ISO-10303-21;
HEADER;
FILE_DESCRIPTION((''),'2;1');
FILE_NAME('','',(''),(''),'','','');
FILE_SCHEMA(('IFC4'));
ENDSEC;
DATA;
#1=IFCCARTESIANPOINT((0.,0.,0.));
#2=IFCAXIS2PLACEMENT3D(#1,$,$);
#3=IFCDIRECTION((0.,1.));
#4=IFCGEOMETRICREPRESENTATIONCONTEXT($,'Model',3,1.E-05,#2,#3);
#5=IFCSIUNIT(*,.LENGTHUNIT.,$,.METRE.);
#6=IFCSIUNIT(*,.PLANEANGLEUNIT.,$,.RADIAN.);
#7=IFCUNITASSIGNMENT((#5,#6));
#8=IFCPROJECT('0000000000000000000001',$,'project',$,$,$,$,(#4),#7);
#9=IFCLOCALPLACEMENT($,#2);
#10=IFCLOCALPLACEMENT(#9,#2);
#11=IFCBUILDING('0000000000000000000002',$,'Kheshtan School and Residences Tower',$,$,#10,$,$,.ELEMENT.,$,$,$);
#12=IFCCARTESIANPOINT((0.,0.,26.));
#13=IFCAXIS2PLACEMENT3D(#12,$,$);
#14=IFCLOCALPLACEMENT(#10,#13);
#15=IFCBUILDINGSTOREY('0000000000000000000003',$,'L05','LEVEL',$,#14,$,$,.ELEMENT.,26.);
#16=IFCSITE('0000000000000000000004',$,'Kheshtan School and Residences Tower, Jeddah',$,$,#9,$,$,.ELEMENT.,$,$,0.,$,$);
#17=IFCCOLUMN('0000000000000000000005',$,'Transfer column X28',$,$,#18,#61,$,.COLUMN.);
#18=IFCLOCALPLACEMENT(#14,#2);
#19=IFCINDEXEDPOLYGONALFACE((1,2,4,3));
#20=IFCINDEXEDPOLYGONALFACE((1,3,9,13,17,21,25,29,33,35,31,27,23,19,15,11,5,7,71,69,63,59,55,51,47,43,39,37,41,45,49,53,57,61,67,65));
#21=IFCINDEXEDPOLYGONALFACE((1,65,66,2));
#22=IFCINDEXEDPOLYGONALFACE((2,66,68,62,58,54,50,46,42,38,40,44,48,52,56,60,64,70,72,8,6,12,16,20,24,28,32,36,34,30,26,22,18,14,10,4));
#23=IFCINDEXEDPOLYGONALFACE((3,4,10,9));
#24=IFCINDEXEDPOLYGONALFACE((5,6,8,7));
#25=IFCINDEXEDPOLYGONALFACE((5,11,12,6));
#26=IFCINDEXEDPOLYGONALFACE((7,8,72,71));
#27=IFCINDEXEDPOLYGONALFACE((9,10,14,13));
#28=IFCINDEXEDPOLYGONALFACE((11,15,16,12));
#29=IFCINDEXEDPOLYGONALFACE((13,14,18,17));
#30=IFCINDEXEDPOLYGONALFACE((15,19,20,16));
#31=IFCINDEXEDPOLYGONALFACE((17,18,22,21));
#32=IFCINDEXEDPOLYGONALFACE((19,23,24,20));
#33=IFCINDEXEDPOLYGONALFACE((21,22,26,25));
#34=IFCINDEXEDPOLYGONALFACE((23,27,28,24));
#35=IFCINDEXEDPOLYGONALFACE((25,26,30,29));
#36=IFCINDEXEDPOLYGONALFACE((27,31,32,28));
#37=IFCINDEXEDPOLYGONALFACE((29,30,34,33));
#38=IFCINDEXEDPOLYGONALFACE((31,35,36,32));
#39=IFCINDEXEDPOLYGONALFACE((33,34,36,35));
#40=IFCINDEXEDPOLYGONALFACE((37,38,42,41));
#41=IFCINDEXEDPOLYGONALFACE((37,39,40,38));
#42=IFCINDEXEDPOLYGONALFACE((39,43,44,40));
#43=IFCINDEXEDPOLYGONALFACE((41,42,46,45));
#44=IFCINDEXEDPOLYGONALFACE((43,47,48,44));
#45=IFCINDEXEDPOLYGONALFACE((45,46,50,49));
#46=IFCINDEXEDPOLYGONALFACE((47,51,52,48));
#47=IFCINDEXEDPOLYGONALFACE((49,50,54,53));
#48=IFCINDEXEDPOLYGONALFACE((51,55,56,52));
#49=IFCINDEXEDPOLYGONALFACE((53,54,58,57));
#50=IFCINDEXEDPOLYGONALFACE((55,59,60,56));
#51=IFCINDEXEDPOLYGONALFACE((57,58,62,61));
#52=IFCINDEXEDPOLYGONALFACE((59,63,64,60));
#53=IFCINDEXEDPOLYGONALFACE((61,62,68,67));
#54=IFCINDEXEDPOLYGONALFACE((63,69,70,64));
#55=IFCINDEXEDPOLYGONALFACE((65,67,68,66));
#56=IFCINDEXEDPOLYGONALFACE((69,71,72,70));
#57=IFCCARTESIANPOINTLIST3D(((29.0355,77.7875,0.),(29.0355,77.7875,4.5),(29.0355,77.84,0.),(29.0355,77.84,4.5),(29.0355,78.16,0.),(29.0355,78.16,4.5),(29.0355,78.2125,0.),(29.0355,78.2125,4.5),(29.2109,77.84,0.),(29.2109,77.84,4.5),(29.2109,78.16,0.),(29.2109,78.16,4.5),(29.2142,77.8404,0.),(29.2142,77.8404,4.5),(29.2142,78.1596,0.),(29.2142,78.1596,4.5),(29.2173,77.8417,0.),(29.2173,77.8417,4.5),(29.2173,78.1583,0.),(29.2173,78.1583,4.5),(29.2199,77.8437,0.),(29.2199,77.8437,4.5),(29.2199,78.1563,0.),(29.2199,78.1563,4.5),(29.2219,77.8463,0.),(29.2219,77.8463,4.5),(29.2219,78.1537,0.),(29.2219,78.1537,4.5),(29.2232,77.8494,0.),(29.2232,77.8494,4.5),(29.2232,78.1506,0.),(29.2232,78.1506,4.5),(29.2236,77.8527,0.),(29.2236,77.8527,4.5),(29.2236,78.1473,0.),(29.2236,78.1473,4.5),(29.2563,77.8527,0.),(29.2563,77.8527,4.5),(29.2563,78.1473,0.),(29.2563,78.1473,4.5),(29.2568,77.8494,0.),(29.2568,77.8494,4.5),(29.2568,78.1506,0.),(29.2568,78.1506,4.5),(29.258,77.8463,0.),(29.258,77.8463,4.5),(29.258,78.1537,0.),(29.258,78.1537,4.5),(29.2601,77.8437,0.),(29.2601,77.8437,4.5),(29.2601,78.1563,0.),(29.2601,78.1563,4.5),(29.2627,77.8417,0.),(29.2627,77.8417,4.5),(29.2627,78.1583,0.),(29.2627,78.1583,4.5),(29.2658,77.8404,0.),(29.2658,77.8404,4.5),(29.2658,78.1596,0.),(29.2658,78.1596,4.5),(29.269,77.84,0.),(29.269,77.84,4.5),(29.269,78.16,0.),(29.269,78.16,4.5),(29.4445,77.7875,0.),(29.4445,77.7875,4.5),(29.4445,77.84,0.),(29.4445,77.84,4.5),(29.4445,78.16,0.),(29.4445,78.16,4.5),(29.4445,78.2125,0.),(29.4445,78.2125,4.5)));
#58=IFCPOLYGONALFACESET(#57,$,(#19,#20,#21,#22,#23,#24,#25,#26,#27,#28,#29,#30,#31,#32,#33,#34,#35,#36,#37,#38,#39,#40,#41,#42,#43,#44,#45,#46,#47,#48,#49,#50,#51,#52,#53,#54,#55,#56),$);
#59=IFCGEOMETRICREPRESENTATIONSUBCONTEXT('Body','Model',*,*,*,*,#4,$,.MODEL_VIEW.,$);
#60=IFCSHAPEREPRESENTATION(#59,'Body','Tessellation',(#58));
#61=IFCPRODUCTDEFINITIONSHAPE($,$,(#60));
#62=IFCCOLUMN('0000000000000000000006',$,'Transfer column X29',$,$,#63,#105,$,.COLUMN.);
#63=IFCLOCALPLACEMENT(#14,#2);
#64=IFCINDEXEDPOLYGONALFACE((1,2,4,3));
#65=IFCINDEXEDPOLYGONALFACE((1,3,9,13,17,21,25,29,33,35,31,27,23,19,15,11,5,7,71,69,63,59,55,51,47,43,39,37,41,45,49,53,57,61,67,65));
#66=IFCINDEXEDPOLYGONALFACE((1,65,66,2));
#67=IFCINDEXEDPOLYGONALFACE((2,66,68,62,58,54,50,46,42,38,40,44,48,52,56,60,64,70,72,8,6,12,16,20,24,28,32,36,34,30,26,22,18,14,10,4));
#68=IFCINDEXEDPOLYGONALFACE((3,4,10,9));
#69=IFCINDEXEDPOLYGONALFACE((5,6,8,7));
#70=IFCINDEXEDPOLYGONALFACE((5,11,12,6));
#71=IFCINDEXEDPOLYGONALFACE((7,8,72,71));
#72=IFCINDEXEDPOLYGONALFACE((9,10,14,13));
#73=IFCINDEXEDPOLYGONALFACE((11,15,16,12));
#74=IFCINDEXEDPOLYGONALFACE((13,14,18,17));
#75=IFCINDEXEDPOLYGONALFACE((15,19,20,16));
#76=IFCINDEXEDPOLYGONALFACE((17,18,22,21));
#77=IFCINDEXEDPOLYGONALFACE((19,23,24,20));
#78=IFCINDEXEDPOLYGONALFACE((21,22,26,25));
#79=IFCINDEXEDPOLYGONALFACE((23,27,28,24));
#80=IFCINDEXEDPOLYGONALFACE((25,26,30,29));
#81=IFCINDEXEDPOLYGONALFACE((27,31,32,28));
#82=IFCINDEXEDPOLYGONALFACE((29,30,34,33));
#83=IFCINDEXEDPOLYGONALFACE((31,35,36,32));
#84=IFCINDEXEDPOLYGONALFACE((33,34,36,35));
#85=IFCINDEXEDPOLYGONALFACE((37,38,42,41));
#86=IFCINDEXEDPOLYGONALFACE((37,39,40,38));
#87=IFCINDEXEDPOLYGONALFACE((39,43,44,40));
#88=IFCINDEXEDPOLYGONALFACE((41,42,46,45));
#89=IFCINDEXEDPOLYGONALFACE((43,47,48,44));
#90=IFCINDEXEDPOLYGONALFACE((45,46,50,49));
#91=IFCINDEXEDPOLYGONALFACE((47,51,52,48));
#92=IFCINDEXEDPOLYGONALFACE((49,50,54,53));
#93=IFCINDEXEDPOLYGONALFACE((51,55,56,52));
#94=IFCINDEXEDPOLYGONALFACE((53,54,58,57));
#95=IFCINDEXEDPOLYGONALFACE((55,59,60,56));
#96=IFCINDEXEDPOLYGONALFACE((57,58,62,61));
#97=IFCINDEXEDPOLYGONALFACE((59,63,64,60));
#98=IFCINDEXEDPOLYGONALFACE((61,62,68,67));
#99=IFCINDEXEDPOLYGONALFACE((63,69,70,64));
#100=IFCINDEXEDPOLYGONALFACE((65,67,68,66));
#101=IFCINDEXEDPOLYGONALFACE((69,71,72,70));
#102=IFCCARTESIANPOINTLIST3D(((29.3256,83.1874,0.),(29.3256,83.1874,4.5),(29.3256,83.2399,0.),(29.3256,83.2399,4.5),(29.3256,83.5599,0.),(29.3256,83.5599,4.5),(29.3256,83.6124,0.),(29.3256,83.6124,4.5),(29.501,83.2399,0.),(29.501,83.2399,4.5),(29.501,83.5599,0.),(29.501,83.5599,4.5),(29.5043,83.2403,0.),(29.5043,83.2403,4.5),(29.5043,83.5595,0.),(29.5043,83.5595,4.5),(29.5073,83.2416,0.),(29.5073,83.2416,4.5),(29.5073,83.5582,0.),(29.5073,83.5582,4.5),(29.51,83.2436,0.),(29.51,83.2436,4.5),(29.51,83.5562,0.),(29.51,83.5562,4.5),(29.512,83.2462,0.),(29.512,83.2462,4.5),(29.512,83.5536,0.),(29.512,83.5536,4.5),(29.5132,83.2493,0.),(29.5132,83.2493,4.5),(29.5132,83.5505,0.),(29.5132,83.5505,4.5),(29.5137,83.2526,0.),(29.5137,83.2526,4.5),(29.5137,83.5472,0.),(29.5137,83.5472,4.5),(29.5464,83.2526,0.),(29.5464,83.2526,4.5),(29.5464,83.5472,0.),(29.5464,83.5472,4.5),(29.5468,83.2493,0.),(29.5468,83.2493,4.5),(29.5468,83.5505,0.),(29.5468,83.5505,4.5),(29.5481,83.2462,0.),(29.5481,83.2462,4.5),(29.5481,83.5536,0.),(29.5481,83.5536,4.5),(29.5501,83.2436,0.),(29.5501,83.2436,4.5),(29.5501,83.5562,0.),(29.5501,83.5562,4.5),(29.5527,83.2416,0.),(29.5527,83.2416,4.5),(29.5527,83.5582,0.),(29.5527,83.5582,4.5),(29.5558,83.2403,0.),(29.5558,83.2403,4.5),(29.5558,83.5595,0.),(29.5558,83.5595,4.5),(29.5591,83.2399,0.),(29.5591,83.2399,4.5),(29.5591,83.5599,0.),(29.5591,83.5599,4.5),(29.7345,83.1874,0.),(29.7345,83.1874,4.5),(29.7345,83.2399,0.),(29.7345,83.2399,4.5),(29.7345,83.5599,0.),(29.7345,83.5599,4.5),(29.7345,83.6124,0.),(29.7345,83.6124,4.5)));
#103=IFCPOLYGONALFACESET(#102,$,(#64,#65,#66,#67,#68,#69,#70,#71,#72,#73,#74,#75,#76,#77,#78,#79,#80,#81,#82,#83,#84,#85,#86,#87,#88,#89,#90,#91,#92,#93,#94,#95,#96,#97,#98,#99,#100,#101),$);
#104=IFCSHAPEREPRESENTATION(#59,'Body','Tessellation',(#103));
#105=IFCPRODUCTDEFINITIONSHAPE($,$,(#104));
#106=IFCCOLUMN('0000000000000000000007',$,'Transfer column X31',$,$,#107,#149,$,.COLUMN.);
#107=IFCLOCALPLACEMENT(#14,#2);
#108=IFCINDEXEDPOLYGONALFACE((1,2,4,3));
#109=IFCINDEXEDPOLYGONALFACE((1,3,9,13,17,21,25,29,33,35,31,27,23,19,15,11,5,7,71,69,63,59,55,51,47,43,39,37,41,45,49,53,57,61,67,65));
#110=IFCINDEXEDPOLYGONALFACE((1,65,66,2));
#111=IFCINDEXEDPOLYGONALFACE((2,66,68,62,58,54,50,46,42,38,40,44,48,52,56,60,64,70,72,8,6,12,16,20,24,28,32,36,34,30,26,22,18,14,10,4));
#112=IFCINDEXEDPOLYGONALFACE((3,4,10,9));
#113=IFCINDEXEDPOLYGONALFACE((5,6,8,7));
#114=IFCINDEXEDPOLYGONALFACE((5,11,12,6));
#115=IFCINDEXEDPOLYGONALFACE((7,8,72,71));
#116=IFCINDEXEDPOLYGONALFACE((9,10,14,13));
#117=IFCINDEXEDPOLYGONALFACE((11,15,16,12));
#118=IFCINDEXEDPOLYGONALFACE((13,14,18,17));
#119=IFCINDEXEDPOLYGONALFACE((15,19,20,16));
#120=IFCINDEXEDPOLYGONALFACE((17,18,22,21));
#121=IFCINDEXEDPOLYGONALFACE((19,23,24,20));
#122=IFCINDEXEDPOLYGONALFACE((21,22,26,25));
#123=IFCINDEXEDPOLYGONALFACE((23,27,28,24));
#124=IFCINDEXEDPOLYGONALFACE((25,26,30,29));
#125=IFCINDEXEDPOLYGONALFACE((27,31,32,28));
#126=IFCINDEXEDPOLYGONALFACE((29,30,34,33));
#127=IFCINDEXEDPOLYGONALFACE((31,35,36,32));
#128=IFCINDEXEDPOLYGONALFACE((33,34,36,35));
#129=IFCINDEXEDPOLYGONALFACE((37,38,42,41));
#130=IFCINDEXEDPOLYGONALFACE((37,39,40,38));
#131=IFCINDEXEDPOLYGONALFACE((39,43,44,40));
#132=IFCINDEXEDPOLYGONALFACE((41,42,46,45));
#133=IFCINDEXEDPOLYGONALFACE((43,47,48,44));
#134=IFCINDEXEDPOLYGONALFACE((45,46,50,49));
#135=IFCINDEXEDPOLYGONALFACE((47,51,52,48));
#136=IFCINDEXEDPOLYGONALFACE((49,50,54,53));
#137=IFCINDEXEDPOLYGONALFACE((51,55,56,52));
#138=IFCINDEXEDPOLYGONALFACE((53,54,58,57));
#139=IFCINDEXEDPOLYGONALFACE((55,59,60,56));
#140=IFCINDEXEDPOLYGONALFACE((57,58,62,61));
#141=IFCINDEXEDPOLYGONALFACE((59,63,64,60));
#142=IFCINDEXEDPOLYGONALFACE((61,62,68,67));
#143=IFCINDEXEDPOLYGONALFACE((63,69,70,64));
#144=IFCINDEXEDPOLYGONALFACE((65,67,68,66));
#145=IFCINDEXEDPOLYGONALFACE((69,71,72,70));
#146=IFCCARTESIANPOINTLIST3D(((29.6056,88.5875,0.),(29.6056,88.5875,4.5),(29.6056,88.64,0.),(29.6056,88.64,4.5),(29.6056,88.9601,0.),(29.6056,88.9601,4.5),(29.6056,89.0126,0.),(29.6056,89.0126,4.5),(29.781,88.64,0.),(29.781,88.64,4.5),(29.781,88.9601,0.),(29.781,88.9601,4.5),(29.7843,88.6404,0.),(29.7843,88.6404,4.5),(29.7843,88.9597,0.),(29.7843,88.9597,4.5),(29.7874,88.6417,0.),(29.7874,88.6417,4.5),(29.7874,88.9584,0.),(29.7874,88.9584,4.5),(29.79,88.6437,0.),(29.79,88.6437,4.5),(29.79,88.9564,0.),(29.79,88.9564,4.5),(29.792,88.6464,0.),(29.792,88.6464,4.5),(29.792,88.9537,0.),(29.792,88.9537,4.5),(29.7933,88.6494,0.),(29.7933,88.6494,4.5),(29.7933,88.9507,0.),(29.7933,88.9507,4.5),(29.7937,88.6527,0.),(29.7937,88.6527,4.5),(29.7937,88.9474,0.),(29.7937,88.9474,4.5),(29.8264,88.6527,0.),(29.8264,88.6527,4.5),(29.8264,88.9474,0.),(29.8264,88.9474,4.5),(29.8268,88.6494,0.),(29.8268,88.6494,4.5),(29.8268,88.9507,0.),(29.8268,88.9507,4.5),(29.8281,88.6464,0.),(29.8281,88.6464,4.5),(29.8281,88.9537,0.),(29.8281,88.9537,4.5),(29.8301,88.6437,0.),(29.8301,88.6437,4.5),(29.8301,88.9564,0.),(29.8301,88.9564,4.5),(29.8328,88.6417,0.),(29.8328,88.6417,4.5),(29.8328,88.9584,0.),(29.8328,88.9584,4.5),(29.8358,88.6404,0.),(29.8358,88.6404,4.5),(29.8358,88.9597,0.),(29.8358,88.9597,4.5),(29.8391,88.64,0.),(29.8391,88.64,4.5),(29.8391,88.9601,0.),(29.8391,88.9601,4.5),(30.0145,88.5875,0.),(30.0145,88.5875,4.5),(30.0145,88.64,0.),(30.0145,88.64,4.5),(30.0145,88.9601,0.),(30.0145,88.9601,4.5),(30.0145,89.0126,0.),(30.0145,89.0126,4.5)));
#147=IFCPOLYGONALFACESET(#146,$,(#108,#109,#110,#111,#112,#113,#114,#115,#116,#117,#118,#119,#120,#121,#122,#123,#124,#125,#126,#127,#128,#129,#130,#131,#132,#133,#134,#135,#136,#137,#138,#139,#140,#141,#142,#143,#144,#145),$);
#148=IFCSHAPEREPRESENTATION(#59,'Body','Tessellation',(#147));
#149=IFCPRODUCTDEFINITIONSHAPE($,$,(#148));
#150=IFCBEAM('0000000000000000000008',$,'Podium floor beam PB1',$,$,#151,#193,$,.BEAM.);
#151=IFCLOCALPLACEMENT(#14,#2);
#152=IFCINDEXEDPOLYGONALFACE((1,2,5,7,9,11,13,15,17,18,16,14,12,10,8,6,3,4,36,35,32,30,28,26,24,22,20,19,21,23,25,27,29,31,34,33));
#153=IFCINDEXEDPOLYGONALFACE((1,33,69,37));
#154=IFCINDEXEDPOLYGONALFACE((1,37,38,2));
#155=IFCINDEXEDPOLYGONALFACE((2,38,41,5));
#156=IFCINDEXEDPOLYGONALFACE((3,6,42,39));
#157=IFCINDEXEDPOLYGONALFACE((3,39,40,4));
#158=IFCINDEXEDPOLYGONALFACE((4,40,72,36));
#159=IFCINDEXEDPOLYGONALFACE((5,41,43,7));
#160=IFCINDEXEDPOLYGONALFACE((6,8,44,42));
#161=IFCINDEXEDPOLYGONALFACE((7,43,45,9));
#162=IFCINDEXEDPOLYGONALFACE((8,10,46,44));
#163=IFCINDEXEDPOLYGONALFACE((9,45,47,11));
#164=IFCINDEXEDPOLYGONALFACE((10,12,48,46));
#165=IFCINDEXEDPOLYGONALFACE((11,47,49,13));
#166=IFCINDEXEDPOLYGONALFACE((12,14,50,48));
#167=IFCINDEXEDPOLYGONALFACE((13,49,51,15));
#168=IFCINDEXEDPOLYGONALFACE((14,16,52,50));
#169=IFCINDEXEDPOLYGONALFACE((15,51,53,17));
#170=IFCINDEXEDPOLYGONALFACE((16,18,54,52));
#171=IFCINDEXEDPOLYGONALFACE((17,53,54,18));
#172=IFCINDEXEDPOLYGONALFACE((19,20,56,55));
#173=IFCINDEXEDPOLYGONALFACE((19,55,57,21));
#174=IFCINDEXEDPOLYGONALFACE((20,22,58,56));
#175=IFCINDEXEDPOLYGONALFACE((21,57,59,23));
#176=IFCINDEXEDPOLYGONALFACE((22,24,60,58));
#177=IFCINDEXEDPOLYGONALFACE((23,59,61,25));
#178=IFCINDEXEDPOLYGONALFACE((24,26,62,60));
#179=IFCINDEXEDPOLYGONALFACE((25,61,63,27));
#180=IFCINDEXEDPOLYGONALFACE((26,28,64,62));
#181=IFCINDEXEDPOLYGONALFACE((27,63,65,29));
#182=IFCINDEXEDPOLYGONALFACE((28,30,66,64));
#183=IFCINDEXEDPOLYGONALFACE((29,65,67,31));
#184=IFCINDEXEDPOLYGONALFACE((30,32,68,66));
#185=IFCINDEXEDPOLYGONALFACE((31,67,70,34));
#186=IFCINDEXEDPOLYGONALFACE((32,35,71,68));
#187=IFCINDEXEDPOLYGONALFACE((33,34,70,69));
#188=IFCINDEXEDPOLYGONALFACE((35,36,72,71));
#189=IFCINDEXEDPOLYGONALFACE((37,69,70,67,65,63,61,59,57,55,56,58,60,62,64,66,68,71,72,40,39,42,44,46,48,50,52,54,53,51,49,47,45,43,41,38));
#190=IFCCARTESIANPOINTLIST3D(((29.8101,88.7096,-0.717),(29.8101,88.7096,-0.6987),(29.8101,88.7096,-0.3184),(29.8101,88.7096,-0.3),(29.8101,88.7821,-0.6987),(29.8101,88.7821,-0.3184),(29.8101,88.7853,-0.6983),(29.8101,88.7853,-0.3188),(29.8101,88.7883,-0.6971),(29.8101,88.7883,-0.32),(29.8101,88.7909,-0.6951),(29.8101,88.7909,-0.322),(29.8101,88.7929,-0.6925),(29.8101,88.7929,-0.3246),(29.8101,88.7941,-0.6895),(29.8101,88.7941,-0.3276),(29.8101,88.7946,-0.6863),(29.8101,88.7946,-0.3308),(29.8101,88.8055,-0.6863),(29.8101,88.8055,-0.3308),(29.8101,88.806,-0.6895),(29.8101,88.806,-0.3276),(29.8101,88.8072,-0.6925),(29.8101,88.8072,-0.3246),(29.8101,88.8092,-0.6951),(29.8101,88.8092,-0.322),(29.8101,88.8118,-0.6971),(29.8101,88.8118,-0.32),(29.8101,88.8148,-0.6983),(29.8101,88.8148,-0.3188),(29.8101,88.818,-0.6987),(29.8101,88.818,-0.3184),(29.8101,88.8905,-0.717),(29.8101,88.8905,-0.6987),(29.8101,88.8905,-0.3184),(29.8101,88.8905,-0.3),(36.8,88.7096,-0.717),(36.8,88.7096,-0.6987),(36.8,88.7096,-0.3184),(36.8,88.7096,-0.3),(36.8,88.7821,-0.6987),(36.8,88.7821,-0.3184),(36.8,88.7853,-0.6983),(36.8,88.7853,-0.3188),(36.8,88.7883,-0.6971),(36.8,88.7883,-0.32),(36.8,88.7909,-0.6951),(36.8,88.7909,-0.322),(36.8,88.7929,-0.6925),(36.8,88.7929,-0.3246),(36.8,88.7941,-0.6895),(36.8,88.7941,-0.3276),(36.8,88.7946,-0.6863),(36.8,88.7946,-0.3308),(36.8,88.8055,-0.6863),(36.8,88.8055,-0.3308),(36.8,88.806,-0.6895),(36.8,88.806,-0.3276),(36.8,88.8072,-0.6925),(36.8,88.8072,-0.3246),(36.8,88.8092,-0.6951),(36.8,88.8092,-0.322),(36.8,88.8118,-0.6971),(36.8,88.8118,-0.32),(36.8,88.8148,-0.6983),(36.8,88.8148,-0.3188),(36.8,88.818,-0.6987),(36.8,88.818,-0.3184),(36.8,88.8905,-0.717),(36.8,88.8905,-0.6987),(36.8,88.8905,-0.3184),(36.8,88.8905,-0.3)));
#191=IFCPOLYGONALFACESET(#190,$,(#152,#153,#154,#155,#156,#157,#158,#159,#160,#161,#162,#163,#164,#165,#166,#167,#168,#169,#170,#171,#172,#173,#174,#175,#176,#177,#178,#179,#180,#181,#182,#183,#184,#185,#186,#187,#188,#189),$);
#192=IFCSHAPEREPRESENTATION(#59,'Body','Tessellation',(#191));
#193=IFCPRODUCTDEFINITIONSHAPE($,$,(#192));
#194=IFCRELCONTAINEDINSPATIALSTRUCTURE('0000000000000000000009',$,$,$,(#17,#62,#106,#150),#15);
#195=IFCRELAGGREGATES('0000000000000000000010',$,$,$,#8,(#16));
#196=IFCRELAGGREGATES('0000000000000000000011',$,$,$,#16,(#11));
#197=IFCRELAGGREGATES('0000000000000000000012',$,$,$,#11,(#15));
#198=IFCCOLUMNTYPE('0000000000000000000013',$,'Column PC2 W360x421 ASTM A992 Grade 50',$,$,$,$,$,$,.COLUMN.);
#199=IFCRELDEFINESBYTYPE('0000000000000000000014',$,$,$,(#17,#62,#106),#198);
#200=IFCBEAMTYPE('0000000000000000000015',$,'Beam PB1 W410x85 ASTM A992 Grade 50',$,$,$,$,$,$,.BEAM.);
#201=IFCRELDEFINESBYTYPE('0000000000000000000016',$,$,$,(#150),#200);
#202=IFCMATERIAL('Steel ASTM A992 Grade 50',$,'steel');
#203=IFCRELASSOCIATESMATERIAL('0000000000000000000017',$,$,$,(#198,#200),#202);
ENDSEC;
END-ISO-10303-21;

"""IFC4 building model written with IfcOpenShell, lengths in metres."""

from ifc_helpers import new_model, si_unit, direction, frame, origin, origin_2d, place, context, subcontext, project, spatial, i_section, extrude, material, material_profile, profile_set, type_object, element, save


model = new_model("IFC4")

# Units and contexts
model_context = context("Model", 3, precision=1e-05, world=origin(), true_north=direction((0.0, 1.0)))
body_context = subcontext(model_context, "Body", "Model", "MODEL_VIEW")
ifc_project = project(units=[si_unit("LENGTHUNIT", "METRE"), si_unit("PLANEANGLEUNIT", "RADIAN")], contexts=[model_context])

# Site, building, storey
site_placement = place(None, origin())
site = spatial("IfcSite", under=ifc_project, at=site_placement, Name="Kheshtan School and Residences Tower, Jeddah", CompositionType="ELEMENT", RefElevation=0.0)
building_placement = place(site_placement, origin())
building = spatial("IfcBuilding", under=site, at=building_placement, Name="Kheshtan School and Residences Tower", CompositionType="ELEMENT")
storey_placement = place(building_placement, frame((0.0, 0.0, 26.0)))
storey = spatial("IfcBuildingStorey", under=building, at=storey_placement, Name="L05", Description="LEVEL", CompositionType="ELEMENT", Elevation=26.0)

# Columns
ifc_material_1 = material(Name="Steel ASTM A992 Grade 50", Category="steel")
ifc_material_profile_1 = material_profile(ifc_material_1, i_section(OverallWidth=0.4089, OverallDepth=0.425, WebThickness=0.0327, FlangeThickness=0.0525, FilletRadius=0.0127, at=origin_2d()), Name="W360x421")
ifc_profile_set_1 = profile_set([ifc_material_profile_1], Name="Steel ASTM A992 Grade 50")
column_type = type_object("IfcColumnType", Name="Column PC2 W360x421 ASTM A992 Grade 50", PredefinedType="COLUMN", material=ifc_profile_set_1)
for number, where, z_axis, x_axis, name in (
    (1, (29.24, 78.0, 0.0), (0.0, 0.0, 1.0), (1.0, 0.0, 0.0), "Transfer column X28"),
    (2, (29.53, 83.3999, 0.0), (0.0, 0.0, 1.0), (1.0, 0.0, 0.0), "Transfer column X29"),
    (3, (29.8101, 88.8, 0.0), (0.0, 0.0, 1.0), (1.0, 0.0, 0.0), "Transfer column X31"),
):
    element("IfcColumn", number, at=place(storey_placement, frame(where, z_axis=z_axis, x_axis=x_axis)), inside=storey, type_object=column_type, Name=name, PredefinedType="COLUMN", context=body_context, shape_type="SweptSolid", body=[
        extrude(i_section(OverallWidth=0.4089, OverallDepth=0.425, WebThickness=0.0327, FlangeThickness=0.0525, FilletRadius=0.0127, at=origin_2d()), origin(), (0.0, 0.0, 1.0), 4.5),
    ])

# Beam
ifc_material_profile_2 = material_profile(ifc_material_1, i_section(OverallWidth=0.1809, OverallDepth=0.417, WebThickness=0.011, FlangeThickness=0.0183, FilletRadius=0.0125, at=origin_2d()), Name="W410x85")
ifc_profile_set_2 = profile_set([ifc_material_profile_2], Name="Steel ASTM A992 Grade 50")
beam_type_1 = type_object("IfcBeamType", Name="Beam PB1 W410x85 ASTM A992 Grade 50", PredefinedType="BEAM", material=ifc_profile_set_2)
beam_1_placement = place(storey_placement, frame((29.8101, 88.8, -0.5085), z_axis=(1.0, 0.0, 0.0), x_axis=(0.0, 1.0, 0.0)))
element("IfcBeam", 4, at=beam_1_placement, inside=storey, type_object=beam_type_1, Name="Podium floor beam PB1", PredefinedType="BEAM", context=body_context, shape_type="SweptSolid", body=[
    extrude(i_section(OverallWidth=0.1809, OverallDepth=0.417, WebThickness=0.011, FlangeThickness=0.0183, FilletRadius=0.0125, at=origin_2d()), origin(), (0.0, 0.0, 1.0), 6.99),
])

save(model, "model.ifc")
